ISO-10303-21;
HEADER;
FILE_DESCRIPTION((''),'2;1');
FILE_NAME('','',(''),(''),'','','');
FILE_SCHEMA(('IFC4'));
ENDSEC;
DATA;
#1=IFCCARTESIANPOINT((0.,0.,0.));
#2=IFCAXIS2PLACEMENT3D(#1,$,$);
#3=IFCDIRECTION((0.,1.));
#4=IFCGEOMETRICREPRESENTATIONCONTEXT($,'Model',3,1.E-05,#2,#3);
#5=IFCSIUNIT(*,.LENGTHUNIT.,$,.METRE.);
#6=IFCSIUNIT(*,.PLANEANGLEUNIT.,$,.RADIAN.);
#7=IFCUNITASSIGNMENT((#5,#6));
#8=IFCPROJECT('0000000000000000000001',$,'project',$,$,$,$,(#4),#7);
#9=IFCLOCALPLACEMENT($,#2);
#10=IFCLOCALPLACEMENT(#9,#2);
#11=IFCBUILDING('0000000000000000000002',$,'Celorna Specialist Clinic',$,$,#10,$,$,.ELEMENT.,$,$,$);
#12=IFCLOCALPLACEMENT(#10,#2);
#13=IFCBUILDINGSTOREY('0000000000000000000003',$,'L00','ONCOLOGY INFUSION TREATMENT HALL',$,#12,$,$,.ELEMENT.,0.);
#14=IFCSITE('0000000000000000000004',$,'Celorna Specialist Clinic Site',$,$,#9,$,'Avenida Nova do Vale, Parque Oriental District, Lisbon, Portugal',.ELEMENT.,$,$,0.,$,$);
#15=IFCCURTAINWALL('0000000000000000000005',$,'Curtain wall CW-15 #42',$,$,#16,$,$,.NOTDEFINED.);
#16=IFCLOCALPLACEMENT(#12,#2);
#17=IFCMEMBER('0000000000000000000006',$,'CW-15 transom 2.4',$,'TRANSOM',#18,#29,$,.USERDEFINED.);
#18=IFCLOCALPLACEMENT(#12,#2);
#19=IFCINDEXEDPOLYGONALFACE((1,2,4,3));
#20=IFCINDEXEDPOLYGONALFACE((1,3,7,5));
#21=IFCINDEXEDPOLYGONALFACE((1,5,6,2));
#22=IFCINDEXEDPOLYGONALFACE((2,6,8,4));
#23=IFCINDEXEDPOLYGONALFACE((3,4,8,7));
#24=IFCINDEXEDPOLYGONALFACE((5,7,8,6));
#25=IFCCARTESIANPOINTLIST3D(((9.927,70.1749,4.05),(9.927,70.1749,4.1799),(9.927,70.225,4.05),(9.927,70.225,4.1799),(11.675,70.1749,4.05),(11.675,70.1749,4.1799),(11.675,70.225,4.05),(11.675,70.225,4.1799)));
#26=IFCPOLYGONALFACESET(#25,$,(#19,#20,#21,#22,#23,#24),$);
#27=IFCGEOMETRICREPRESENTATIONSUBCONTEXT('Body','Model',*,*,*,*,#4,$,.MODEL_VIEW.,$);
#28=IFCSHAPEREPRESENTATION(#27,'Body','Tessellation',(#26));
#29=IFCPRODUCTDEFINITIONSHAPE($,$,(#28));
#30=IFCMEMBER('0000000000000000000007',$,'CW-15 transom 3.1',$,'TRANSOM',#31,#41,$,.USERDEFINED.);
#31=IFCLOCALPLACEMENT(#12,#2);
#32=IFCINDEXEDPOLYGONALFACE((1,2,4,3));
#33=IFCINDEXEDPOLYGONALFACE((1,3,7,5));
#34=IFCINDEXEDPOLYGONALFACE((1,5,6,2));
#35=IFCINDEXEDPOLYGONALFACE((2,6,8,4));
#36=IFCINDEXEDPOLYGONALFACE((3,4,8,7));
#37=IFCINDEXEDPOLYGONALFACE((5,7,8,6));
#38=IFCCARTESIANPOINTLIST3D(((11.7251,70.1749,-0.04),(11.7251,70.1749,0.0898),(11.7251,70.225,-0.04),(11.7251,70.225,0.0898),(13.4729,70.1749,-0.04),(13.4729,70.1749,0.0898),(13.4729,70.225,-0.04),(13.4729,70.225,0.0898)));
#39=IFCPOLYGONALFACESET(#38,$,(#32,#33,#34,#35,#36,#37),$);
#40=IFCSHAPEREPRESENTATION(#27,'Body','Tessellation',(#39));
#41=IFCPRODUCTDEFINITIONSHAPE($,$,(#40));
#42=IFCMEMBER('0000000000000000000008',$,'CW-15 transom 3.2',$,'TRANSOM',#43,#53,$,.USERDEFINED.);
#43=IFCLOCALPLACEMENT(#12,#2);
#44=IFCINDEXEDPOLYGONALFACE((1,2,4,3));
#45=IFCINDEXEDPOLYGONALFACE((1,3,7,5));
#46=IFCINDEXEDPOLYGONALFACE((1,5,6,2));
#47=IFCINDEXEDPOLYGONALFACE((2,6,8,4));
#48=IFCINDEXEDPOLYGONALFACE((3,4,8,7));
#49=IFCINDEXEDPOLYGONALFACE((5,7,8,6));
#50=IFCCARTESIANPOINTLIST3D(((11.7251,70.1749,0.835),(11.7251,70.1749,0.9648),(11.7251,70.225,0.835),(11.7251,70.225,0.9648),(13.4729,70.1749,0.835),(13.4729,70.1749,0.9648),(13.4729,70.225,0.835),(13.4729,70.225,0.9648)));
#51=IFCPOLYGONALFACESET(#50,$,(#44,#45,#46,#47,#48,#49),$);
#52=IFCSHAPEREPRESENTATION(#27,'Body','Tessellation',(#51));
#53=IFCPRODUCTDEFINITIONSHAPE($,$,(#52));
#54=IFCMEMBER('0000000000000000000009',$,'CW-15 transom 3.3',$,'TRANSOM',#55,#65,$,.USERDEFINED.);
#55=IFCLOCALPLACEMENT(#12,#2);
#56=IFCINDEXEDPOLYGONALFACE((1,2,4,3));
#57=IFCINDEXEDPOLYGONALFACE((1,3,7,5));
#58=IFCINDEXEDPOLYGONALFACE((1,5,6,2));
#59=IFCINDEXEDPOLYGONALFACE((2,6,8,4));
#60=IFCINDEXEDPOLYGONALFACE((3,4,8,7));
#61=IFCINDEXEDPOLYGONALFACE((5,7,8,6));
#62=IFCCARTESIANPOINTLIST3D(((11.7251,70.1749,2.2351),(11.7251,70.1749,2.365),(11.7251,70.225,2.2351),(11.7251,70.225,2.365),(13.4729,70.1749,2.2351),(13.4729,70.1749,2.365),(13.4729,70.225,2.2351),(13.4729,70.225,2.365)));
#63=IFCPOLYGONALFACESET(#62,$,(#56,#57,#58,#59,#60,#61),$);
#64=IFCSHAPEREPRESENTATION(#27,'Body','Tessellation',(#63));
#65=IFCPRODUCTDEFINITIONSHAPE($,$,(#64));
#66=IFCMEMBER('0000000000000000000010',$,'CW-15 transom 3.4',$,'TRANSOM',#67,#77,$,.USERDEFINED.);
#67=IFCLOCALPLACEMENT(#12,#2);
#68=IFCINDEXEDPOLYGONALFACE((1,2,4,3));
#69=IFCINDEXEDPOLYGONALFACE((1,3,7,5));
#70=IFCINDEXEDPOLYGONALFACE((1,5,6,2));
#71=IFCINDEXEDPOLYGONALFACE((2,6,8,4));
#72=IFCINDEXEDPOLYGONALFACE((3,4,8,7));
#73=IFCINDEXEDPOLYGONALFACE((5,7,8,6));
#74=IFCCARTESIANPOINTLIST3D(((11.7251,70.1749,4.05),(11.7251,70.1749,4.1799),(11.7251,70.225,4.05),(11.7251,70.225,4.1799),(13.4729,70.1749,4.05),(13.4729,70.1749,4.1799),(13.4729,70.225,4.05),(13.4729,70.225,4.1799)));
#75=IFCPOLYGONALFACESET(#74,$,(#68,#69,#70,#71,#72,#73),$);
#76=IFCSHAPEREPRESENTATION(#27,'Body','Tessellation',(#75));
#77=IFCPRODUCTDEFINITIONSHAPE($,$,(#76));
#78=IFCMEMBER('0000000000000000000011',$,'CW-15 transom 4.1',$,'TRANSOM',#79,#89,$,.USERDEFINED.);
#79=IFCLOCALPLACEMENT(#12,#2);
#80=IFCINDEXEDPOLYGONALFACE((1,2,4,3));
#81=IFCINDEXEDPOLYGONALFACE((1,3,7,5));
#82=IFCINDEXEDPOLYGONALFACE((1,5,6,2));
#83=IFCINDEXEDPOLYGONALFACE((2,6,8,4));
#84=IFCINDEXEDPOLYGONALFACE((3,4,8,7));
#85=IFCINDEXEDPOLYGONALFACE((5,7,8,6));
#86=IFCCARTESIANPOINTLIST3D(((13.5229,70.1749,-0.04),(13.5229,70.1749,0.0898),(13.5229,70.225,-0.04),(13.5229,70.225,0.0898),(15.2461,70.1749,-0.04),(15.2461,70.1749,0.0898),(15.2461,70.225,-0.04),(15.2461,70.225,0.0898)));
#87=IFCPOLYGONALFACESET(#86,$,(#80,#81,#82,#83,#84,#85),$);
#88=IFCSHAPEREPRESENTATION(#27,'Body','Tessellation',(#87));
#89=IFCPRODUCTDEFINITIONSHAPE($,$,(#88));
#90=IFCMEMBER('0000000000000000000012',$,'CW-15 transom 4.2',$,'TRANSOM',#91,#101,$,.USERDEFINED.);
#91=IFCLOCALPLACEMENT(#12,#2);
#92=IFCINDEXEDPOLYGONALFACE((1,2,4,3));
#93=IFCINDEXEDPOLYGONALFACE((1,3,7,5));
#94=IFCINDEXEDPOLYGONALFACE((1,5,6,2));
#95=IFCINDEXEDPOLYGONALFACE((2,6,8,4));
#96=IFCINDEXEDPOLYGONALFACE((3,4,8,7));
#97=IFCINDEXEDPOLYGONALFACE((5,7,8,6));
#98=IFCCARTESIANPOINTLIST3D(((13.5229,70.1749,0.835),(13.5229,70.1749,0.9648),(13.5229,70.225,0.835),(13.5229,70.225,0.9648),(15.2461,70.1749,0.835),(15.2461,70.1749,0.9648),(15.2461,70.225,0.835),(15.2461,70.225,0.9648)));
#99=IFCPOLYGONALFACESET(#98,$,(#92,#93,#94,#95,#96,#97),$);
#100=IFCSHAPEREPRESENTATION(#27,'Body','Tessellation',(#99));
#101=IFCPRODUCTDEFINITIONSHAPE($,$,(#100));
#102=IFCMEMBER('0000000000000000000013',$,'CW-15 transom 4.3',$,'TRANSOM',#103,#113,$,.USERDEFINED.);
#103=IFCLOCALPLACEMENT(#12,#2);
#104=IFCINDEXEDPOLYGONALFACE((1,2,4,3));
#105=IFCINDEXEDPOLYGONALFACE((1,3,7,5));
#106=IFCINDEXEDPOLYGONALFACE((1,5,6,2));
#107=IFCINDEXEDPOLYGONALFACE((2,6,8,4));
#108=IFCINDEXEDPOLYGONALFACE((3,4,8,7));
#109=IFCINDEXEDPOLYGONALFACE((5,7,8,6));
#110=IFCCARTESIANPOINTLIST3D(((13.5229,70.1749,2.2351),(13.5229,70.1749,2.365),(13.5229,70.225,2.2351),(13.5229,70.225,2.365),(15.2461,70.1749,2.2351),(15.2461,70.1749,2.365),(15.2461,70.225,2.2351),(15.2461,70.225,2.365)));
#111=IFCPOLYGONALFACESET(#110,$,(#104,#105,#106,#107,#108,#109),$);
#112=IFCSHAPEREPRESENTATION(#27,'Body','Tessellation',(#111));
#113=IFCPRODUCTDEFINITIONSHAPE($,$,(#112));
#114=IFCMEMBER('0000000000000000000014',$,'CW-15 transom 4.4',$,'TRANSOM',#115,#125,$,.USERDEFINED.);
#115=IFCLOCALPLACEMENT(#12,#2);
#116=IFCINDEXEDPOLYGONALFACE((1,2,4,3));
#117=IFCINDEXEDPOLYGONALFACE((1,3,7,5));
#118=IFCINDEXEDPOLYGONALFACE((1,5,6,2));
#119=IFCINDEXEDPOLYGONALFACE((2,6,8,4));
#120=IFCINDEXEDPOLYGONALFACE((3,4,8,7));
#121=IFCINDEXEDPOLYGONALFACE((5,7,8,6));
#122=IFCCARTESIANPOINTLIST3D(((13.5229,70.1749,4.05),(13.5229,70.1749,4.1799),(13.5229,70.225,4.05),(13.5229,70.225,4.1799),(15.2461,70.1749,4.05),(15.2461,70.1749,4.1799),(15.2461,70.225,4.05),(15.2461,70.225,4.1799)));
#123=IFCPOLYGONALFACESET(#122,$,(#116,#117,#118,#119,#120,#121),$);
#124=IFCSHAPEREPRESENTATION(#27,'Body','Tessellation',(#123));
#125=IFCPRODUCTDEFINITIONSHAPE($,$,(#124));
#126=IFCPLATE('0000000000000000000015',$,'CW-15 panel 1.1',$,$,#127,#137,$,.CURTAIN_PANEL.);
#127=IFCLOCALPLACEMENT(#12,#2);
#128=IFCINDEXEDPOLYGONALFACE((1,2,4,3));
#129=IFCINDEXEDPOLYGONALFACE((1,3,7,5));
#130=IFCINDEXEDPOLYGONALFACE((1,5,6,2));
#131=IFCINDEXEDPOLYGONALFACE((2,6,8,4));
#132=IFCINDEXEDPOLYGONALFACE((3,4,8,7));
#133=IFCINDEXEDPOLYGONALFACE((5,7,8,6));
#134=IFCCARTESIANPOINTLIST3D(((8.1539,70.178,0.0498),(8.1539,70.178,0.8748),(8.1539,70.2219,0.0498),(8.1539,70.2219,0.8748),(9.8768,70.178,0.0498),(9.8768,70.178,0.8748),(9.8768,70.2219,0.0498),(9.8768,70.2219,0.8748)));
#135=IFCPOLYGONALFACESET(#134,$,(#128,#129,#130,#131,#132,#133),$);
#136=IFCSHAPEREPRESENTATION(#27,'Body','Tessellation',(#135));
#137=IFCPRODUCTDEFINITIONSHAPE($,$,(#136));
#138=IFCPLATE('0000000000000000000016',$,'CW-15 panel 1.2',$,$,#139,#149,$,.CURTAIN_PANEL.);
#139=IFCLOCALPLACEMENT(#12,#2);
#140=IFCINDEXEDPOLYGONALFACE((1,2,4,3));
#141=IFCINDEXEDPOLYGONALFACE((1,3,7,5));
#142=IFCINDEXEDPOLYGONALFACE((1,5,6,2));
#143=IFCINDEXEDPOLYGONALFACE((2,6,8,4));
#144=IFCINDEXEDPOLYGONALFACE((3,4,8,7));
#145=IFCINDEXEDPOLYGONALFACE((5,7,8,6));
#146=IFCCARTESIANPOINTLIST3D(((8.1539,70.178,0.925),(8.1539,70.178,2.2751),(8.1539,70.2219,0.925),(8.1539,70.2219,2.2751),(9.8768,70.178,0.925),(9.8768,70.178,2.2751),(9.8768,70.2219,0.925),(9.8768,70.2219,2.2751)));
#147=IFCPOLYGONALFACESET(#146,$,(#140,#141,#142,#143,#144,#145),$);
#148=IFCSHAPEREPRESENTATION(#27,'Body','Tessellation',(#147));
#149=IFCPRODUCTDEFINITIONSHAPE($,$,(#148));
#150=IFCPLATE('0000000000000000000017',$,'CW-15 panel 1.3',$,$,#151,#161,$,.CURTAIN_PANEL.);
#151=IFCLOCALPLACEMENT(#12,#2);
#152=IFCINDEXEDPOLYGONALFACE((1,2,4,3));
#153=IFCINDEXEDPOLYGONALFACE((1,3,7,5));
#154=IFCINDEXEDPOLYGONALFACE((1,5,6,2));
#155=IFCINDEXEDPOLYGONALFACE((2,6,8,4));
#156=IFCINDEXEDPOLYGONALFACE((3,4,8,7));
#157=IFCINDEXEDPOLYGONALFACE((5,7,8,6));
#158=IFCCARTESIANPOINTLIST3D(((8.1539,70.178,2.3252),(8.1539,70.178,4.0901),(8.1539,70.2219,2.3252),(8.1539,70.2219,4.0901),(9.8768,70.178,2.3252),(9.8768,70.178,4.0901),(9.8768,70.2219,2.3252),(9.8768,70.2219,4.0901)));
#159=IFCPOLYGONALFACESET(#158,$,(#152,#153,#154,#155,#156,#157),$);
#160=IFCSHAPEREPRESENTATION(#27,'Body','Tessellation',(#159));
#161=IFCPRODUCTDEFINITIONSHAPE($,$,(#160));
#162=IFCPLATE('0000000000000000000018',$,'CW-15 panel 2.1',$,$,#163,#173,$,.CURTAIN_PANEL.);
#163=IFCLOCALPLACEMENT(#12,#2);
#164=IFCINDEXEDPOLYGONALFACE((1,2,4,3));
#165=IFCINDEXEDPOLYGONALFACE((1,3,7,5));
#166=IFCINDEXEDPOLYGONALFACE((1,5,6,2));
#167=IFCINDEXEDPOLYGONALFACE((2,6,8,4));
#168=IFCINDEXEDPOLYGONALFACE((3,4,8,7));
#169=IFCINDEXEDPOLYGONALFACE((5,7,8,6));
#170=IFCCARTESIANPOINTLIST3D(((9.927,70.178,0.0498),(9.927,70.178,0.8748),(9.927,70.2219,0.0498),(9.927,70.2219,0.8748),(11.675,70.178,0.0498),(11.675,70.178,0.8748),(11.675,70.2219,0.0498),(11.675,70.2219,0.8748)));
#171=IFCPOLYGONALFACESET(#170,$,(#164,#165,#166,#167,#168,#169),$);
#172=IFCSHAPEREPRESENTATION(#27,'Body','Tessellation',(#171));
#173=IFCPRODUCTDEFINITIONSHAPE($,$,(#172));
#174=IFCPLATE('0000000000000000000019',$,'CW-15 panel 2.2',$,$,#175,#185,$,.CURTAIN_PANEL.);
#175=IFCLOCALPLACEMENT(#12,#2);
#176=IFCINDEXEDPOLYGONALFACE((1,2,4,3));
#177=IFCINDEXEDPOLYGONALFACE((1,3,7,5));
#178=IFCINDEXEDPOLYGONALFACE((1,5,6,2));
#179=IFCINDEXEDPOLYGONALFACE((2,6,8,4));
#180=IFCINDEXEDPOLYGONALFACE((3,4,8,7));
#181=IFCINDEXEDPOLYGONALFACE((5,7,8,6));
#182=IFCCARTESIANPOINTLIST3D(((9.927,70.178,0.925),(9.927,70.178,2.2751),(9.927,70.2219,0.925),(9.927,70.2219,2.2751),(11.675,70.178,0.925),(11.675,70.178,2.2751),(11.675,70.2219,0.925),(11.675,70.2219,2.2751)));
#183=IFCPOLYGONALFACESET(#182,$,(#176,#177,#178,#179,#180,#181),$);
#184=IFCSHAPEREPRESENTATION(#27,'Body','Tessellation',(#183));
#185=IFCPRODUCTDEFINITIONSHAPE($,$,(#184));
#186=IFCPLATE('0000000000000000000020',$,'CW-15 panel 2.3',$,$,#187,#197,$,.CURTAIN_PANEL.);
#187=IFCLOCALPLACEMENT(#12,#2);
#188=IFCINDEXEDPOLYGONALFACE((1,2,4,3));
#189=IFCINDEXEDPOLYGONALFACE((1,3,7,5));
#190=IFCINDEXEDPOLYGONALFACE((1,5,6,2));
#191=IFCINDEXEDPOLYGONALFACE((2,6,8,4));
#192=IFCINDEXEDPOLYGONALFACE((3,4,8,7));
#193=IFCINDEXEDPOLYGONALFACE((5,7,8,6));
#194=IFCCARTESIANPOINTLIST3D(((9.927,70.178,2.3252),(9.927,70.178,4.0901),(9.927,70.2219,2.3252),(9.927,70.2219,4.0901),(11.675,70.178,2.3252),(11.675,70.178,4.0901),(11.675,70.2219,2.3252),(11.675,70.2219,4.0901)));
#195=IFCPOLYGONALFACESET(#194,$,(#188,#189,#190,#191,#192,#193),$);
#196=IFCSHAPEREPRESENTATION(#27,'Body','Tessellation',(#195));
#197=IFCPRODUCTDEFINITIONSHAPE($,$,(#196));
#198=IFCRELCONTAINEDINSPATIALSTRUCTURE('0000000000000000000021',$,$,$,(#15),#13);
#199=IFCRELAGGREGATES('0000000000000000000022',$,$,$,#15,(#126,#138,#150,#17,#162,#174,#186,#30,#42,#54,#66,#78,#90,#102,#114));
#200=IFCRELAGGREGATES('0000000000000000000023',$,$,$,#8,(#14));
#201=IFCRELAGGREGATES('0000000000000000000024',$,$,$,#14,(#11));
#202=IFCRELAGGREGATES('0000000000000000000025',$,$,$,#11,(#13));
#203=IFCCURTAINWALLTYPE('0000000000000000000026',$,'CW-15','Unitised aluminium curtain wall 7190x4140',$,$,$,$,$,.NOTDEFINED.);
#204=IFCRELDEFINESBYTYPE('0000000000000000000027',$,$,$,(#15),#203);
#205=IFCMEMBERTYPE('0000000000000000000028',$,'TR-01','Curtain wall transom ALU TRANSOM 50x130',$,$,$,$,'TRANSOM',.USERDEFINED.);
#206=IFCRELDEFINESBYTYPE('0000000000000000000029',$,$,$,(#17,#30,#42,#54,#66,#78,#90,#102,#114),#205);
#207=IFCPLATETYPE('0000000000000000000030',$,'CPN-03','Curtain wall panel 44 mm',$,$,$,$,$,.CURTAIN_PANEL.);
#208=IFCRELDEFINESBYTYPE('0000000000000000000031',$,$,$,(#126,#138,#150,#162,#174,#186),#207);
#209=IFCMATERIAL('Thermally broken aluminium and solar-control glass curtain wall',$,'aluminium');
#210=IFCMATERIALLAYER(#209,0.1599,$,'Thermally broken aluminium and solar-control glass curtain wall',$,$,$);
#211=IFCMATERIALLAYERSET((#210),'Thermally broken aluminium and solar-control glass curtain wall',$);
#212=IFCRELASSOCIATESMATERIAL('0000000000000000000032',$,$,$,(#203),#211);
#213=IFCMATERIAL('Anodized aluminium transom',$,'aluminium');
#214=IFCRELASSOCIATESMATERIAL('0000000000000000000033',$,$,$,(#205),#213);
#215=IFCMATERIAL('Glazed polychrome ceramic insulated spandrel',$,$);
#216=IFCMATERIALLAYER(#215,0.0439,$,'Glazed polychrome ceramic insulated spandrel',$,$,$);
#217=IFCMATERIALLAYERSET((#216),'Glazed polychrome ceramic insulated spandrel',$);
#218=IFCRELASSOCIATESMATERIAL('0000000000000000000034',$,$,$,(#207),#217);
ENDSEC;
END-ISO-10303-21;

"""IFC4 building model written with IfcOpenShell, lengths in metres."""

from ifc_helpers import new_model, si_unit, direction, frame, origin, origin_2d, place, context, subcontext, project, spatial, rectangle, extrude, material, layer, layer_set, material_profile, profile_set, type_object, element, aggregate, save


model = new_model("IFC4")

# Units and contexts
model_context = context("Model", 3, precision=1e-05, world=origin(), true_north=direction((0.0, 1.0)))
body_context = subcontext(model_context, "Body", "Model", "MODEL_VIEW")
ifc_project = project(units=[si_unit("LENGTHUNIT", "METRE"), si_unit("PLANEANGLEUNIT", "RADIAN")], contexts=[model_context])

# Site, building, storey
site_placement = place(None, origin())
site = spatial("IfcSite", under=ifc_project, at=site_placement, Name="Celorna Specialist Clinic Site", LongName="Avenida Nova do Vale, Parque Oriental District, Lisbon, Portugal", CompositionType="ELEMENT", RefElevation=0.0)
building_placement = place(site_placement, origin())
building = spatial("IfcBuilding", under=site, at=building_placement, Name="Celorna Specialist Clinic", CompositionType="ELEMENT")
storey_placement = place(building_placement, origin())
storey = spatial("IfcBuildingStorey", under=building, at=storey_placement, Name="L00", Description="ONCOLOGY INFUSION TREATMENT HALL", CompositionType="ELEMENT", Elevation=0.0)

# Shared definitions
ifc_material_1 = material(Name="Thermally broken aluminium and solar-control glass curtain wall", Category="aluminium")

# Curtain wall, members, plates
ifc_layer_1 = layer(ifc_material_1, 0.1599, Name="Thermally broken aluminium and solar-control glass curtain wall")
ifc_layer_set_1 = layer_set([ifc_layer_1], Name="Thermally broken aluminium and solar-control glass curtain wall")
curtain_wall_type_1 = type_object("IfcCurtainWallType", Name="CW-15", Description="Unitised aluminium curtain wall 7190x4140", PredefinedType="NOTDEFINED", material=ifc_layer_set_1)
curtain_wall_1_placement = place(storey_placement, origin())
curtain_wall_1 = element("IfcCurtainWall", 1, at=curtain_wall_1_placement, inside=storey, type_object=curtain_wall_type_1, Name="Curtain wall CW-15 #42", PredefinedType="NOTDEFINED")
ifc_material_2 = material(Name="Anodized aluminium transom", Category="aluminium")
ifc_material_profile_1 = material_profile(ifc_material_2, rectangle(XDim=0.05, YDim=0.1299, at=origin_2d()), Name="ALU TRANSOM 50x130")
ifc_profile_set_1 = profile_set([ifc_material_profile_1], Name="Anodized aluminium transom")
member_type_1 = type_object("IfcMemberType", Name="TR-01", Description="Curtain wall transom ALU TRANSOM 50x130", ElementType="TRANSOM", PredefinedType="USERDEFINED", material=ifc_profile_set_1)
member_1_placement = place(storey_placement, frame((9.927, 70.2, 4.115), z_axis=(1.0, 0.0, 0.0), x_axis=(0.0, 1.0, 0.0)))
member_1 = element("IfcMember", 2, at=member_1_placement, type_object=member_type_1, Name="CW-15 transom 2.4", ObjectType="TRANSOM", PredefinedType="USERDEFINED", context=body_context, shape_type="SweptSolid", body=[
    extrude(rectangle(XDim=0.05, YDim=0.1299, at=origin_2d()), origin(), (0.0, 0.0, 1.0), 1.748),
])
member_2_placement = place(storey_placement, frame((11.7251, 70.2, 0.0249), z_axis=(1.0, 0.0, 0.0), x_axis=(0.0, 1.0, 0.0)))
member_2 = element("IfcMember", 3, at=member_2_placement, type_object=member_type_1, Name="CW-15 transom 3.1", ObjectType="TRANSOM", PredefinedType="USERDEFINED", context=body_context, shape_type="SweptSolid", body=[
    extrude(rectangle(XDim=0.05, YDim=0.1299, at=origin_2d()), origin(), (0.0, 0.0, 1.0), 1.7478),
])
member_3_placement = place(storey_placement, frame((11.7251, 70.2, 0.8999), z_axis=(1.0, 0.0, 0.0), x_axis=(0.0, 1.0, 0.0)))
member_3 = element("IfcMember", 4, at=member_3_placement, type_object=member_type_1, Name="CW-15 transom 3.2", ObjectType="TRANSOM", PredefinedType="USERDEFINED", context=body_context, shape_type="SweptSolid", body=[
    extrude(rectangle(XDim=0.05, YDim=0.1299, at=origin_2d()), origin(), (0.0, 0.0, 1.0), 1.7478),
])
member_4_placement = place(storey_placement, frame((11.7251, 70.2, 2.3), z_axis=(1.0, 0.0, 0.0), x_axis=(0.0, 1.0, 0.0)))
member_4 = element("IfcMember", 5, at=member_4_placement, type_object=member_type_1, Name="CW-15 transom 3.3", ObjectType="TRANSOM", PredefinedType="USERDEFINED", context=body_context, shape_type="SweptSolid", body=[
    extrude(rectangle(XDim=0.05, YDim=0.1299, at=origin_2d()), origin(), (0.0, 0.0, 1.0), 1.7478),
])
member_5_placement = place(storey_placement, frame((11.7251, 70.2, 4.115), z_axis=(1.0, 0.0, 0.0), x_axis=(0.0, 1.0, 0.0)))
member_5 = element("IfcMember", 6, at=member_5_placement, type_object=member_type_1, Name="CW-15 transom 3.4", ObjectType="TRANSOM", PredefinedType="USERDEFINED", context=body_context, shape_type="SweptSolid", body=[
    extrude(rectangle(XDim=0.05, YDim=0.1299, at=origin_2d()), origin(), (0.0, 0.0, 1.0), 1.7478),
])
member_6_placement = place(storey_placement, frame((13.5229, 70.2, 0.0249), z_axis=(1.0, 0.0, 0.0), x_axis=(0.0, 1.0, 0.0)))
member_6 = element("IfcMember", 7, at=member_6_placement, type_object=member_type_1, Name="CW-15 transom 4.1", ObjectType="TRANSOM", PredefinedType="USERDEFINED", context=body_context, shape_type="SweptSolid", body=[
    extrude(rectangle(XDim=0.05, YDim=0.1299, at=origin_2d()), origin(), (0.0, 0.0, 1.0), 1.7231),
])
member_7_placement = place(storey_placement, frame((13.5229, 70.2, 0.8999), z_axis=(1.0, 0.0, 0.0), x_axis=(0.0, 1.0, 0.0)))
member_7 = element("IfcMember", 8, at=member_7_placement, type_object=member_type_1, Name="CW-15 transom 4.2", ObjectType="TRANSOM", PredefinedType="USERDEFINED", context=body_context, shape_type="SweptSolid", body=[
    extrude(rectangle(XDim=0.05, YDim=0.1299, at=origin_2d()), origin(), (0.0, 0.0, 1.0), 1.7231),
])
member_8_placement = place(storey_placement, frame((13.5229, 70.2, 2.3), z_axis=(1.0, 0.0, 0.0), x_axis=(0.0, 1.0, 0.0)))
member_8 = element("IfcMember", 9, at=member_8_placement, type_object=member_type_1, Name="CW-15 transom 4.3", ObjectType="TRANSOM", PredefinedType="USERDEFINED", context=body_context, shape_type="SweptSolid", body=[
    extrude(rectangle(XDim=0.05, YDim=0.1299, at=origin_2d()), origin(), (0.0, 0.0, 1.0), 1.7231),
])
member_9_placement = place(storey_placement, frame((13.5229, 70.2, 4.115), z_axis=(1.0, 0.0, 0.0), x_axis=(0.0, 1.0, 0.0)))
member_9 = element("IfcMember", 10, at=member_9_placement, type_object=member_type_1, Name="CW-15 transom 4.4", ObjectType="TRANSOM", PredefinedType="USERDEFINED", context=body_context, shape_type="SweptSolid", body=[
    extrude(rectangle(XDim=0.05, YDim=0.1299, at=origin_2d()), origin(), (0.0, 0.0, 1.0), 1.7231),
])
ifc_material_3 = material(Name="Glazed polychrome ceramic insulated spandrel")
ifc_layer_2 = layer(ifc_material_3, 0.0439, Name="Glazed polychrome ceramic insulated spandrel")
ifc_layer_set_2 = layer_set([ifc_layer_2], Name="Glazed polychrome ceramic insulated spandrel")
plate_type = type_object("IfcPlateType", Name="CPN-03", Description="Curtain wall panel 44 mm", PredefinedType="CURTAIN_PANEL", material=ifc_layer_set_2)
plate_1_placement = place(storey_placement, frame((9.0154, 70.2, 0.0498), z_axis=(0.0, 0.0, 1.0), x_axis=(1.0, 0.0, 0.0)))
plate_1 = element("IfcPlate", 11, at=plate_1_placement, type_object=plate_type, Name="CW-15 panel 1.1", PredefinedType="CURTAIN_PANEL", context=body_context, shape_type="SweptSolid", body=[
    extrude(rectangle(XDim=1.7229, YDim=0.0439, at=origin_2d()), origin(), (0.0, 0.0, 1.0), 0.825),
])
plate_2_placement = place(storey_placement, frame((9.0154, 70.2, 0.925), z_axis=(0.0, 0.0, 1.0), x_axis=(1.0, 0.0, 0.0)))
plate_2 = element("IfcPlate", 12, at=plate_2_placement, type_object=plate_type, Name="CW-15 panel 1.2", PredefinedType="CURTAIN_PANEL", context=body_context, shape_type="SweptSolid", body=[
    extrude(rectangle(XDim=1.7229, YDim=0.0439, at=origin_2d()), origin(), (0.0, 0.0, 1.0), 1.3501),
])
plate_3_placement = place(storey_placement, frame((9.0154, 70.2, 2.3252), z_axis=(0.0, 0.0, 1.0), x_axis=(1.0, 0.0, 0.0)))
plate_3 = element("IfcPlate", 13, at=plate_3_placement, type_object=plate_type, Name="CW-15 panel 1.3", PredefinedType="CURTAIN_PANEL", context=body_context, shape_type="SweptSolid", body=[
    extrude(rectangle(XDim=1.7229, YDim=0.0439, at=origin_2d()), origin(), (0.0, 0.0, 1.0), 1.7649),
])
plate_4_placement = place(storey_placement, frame((10.801, 70.2, 0.0498), z_axis=(0.0, 0.0, 1.0), x_axis=(1.0, 0.0, 0.0)))
plate_4 = element("IfcPlate", 14, at=plate_4_placement, type_object=plate_type, Name="CW-15 panel 2.1", PredefinedType="CURTAIN_PANEL", context=body_context, shape_type="SweptSolid", body=[
    extrude(rectangle(XDim=1.748, YDim=0.0439, at=origin_2d()), origin(), (0.0, 0.0, 1.0), 0.825),
])
plate_5_placement = place(storey_placement, frame((10.801, 70.2, 0.925), z_axis=(0.0, 0.0, 1.0), x_axis=(1.0, 0.0, 0.0)))
plate_5 = element("IfcPlate", 15, at=plate_5_placement, type_object=plate_type, Name="CW-15 panel 2.2", PredefinedType="CURTAIN_PANEL", context=body_context, shape_type="SweptSolid", body=[
    extrude(rectangle(XDim=1.748, YDim=0.0439, at=origin_2d()), origin(), (0.0, 0.0, 1.0), 1.3501),
])
plate_6_placement = place(storey_placement, frame((10.801, 70.2, 2.3252), z_axis=(0.0, 0.0, 1.0), x_axis=(1.0, 0.0, 0.0)))
plate_6 = element("IfcPlate", 16, at=plate_6_placement, type_object=plate_type, Name="CW-15 panel 2.3", PredefinedType="CURTAIN_PANEL", context=body_context, shape_type="SweptSolid", body=[
    extrude(rectangle(XDim=1.748, YDim=0.0439, at=origin_2d()), origin(), (0.0, 0.0, 1.0), 1.7649),
])
aggregate(curtain_wall_1, [plate_1, plate_2, plate_3, member_1, plate_4, plate_5, plate_6, member_2, member_3, member_4, member_5, member_6, member_7, member_8, member_9])

save(model, "model.ifc")
